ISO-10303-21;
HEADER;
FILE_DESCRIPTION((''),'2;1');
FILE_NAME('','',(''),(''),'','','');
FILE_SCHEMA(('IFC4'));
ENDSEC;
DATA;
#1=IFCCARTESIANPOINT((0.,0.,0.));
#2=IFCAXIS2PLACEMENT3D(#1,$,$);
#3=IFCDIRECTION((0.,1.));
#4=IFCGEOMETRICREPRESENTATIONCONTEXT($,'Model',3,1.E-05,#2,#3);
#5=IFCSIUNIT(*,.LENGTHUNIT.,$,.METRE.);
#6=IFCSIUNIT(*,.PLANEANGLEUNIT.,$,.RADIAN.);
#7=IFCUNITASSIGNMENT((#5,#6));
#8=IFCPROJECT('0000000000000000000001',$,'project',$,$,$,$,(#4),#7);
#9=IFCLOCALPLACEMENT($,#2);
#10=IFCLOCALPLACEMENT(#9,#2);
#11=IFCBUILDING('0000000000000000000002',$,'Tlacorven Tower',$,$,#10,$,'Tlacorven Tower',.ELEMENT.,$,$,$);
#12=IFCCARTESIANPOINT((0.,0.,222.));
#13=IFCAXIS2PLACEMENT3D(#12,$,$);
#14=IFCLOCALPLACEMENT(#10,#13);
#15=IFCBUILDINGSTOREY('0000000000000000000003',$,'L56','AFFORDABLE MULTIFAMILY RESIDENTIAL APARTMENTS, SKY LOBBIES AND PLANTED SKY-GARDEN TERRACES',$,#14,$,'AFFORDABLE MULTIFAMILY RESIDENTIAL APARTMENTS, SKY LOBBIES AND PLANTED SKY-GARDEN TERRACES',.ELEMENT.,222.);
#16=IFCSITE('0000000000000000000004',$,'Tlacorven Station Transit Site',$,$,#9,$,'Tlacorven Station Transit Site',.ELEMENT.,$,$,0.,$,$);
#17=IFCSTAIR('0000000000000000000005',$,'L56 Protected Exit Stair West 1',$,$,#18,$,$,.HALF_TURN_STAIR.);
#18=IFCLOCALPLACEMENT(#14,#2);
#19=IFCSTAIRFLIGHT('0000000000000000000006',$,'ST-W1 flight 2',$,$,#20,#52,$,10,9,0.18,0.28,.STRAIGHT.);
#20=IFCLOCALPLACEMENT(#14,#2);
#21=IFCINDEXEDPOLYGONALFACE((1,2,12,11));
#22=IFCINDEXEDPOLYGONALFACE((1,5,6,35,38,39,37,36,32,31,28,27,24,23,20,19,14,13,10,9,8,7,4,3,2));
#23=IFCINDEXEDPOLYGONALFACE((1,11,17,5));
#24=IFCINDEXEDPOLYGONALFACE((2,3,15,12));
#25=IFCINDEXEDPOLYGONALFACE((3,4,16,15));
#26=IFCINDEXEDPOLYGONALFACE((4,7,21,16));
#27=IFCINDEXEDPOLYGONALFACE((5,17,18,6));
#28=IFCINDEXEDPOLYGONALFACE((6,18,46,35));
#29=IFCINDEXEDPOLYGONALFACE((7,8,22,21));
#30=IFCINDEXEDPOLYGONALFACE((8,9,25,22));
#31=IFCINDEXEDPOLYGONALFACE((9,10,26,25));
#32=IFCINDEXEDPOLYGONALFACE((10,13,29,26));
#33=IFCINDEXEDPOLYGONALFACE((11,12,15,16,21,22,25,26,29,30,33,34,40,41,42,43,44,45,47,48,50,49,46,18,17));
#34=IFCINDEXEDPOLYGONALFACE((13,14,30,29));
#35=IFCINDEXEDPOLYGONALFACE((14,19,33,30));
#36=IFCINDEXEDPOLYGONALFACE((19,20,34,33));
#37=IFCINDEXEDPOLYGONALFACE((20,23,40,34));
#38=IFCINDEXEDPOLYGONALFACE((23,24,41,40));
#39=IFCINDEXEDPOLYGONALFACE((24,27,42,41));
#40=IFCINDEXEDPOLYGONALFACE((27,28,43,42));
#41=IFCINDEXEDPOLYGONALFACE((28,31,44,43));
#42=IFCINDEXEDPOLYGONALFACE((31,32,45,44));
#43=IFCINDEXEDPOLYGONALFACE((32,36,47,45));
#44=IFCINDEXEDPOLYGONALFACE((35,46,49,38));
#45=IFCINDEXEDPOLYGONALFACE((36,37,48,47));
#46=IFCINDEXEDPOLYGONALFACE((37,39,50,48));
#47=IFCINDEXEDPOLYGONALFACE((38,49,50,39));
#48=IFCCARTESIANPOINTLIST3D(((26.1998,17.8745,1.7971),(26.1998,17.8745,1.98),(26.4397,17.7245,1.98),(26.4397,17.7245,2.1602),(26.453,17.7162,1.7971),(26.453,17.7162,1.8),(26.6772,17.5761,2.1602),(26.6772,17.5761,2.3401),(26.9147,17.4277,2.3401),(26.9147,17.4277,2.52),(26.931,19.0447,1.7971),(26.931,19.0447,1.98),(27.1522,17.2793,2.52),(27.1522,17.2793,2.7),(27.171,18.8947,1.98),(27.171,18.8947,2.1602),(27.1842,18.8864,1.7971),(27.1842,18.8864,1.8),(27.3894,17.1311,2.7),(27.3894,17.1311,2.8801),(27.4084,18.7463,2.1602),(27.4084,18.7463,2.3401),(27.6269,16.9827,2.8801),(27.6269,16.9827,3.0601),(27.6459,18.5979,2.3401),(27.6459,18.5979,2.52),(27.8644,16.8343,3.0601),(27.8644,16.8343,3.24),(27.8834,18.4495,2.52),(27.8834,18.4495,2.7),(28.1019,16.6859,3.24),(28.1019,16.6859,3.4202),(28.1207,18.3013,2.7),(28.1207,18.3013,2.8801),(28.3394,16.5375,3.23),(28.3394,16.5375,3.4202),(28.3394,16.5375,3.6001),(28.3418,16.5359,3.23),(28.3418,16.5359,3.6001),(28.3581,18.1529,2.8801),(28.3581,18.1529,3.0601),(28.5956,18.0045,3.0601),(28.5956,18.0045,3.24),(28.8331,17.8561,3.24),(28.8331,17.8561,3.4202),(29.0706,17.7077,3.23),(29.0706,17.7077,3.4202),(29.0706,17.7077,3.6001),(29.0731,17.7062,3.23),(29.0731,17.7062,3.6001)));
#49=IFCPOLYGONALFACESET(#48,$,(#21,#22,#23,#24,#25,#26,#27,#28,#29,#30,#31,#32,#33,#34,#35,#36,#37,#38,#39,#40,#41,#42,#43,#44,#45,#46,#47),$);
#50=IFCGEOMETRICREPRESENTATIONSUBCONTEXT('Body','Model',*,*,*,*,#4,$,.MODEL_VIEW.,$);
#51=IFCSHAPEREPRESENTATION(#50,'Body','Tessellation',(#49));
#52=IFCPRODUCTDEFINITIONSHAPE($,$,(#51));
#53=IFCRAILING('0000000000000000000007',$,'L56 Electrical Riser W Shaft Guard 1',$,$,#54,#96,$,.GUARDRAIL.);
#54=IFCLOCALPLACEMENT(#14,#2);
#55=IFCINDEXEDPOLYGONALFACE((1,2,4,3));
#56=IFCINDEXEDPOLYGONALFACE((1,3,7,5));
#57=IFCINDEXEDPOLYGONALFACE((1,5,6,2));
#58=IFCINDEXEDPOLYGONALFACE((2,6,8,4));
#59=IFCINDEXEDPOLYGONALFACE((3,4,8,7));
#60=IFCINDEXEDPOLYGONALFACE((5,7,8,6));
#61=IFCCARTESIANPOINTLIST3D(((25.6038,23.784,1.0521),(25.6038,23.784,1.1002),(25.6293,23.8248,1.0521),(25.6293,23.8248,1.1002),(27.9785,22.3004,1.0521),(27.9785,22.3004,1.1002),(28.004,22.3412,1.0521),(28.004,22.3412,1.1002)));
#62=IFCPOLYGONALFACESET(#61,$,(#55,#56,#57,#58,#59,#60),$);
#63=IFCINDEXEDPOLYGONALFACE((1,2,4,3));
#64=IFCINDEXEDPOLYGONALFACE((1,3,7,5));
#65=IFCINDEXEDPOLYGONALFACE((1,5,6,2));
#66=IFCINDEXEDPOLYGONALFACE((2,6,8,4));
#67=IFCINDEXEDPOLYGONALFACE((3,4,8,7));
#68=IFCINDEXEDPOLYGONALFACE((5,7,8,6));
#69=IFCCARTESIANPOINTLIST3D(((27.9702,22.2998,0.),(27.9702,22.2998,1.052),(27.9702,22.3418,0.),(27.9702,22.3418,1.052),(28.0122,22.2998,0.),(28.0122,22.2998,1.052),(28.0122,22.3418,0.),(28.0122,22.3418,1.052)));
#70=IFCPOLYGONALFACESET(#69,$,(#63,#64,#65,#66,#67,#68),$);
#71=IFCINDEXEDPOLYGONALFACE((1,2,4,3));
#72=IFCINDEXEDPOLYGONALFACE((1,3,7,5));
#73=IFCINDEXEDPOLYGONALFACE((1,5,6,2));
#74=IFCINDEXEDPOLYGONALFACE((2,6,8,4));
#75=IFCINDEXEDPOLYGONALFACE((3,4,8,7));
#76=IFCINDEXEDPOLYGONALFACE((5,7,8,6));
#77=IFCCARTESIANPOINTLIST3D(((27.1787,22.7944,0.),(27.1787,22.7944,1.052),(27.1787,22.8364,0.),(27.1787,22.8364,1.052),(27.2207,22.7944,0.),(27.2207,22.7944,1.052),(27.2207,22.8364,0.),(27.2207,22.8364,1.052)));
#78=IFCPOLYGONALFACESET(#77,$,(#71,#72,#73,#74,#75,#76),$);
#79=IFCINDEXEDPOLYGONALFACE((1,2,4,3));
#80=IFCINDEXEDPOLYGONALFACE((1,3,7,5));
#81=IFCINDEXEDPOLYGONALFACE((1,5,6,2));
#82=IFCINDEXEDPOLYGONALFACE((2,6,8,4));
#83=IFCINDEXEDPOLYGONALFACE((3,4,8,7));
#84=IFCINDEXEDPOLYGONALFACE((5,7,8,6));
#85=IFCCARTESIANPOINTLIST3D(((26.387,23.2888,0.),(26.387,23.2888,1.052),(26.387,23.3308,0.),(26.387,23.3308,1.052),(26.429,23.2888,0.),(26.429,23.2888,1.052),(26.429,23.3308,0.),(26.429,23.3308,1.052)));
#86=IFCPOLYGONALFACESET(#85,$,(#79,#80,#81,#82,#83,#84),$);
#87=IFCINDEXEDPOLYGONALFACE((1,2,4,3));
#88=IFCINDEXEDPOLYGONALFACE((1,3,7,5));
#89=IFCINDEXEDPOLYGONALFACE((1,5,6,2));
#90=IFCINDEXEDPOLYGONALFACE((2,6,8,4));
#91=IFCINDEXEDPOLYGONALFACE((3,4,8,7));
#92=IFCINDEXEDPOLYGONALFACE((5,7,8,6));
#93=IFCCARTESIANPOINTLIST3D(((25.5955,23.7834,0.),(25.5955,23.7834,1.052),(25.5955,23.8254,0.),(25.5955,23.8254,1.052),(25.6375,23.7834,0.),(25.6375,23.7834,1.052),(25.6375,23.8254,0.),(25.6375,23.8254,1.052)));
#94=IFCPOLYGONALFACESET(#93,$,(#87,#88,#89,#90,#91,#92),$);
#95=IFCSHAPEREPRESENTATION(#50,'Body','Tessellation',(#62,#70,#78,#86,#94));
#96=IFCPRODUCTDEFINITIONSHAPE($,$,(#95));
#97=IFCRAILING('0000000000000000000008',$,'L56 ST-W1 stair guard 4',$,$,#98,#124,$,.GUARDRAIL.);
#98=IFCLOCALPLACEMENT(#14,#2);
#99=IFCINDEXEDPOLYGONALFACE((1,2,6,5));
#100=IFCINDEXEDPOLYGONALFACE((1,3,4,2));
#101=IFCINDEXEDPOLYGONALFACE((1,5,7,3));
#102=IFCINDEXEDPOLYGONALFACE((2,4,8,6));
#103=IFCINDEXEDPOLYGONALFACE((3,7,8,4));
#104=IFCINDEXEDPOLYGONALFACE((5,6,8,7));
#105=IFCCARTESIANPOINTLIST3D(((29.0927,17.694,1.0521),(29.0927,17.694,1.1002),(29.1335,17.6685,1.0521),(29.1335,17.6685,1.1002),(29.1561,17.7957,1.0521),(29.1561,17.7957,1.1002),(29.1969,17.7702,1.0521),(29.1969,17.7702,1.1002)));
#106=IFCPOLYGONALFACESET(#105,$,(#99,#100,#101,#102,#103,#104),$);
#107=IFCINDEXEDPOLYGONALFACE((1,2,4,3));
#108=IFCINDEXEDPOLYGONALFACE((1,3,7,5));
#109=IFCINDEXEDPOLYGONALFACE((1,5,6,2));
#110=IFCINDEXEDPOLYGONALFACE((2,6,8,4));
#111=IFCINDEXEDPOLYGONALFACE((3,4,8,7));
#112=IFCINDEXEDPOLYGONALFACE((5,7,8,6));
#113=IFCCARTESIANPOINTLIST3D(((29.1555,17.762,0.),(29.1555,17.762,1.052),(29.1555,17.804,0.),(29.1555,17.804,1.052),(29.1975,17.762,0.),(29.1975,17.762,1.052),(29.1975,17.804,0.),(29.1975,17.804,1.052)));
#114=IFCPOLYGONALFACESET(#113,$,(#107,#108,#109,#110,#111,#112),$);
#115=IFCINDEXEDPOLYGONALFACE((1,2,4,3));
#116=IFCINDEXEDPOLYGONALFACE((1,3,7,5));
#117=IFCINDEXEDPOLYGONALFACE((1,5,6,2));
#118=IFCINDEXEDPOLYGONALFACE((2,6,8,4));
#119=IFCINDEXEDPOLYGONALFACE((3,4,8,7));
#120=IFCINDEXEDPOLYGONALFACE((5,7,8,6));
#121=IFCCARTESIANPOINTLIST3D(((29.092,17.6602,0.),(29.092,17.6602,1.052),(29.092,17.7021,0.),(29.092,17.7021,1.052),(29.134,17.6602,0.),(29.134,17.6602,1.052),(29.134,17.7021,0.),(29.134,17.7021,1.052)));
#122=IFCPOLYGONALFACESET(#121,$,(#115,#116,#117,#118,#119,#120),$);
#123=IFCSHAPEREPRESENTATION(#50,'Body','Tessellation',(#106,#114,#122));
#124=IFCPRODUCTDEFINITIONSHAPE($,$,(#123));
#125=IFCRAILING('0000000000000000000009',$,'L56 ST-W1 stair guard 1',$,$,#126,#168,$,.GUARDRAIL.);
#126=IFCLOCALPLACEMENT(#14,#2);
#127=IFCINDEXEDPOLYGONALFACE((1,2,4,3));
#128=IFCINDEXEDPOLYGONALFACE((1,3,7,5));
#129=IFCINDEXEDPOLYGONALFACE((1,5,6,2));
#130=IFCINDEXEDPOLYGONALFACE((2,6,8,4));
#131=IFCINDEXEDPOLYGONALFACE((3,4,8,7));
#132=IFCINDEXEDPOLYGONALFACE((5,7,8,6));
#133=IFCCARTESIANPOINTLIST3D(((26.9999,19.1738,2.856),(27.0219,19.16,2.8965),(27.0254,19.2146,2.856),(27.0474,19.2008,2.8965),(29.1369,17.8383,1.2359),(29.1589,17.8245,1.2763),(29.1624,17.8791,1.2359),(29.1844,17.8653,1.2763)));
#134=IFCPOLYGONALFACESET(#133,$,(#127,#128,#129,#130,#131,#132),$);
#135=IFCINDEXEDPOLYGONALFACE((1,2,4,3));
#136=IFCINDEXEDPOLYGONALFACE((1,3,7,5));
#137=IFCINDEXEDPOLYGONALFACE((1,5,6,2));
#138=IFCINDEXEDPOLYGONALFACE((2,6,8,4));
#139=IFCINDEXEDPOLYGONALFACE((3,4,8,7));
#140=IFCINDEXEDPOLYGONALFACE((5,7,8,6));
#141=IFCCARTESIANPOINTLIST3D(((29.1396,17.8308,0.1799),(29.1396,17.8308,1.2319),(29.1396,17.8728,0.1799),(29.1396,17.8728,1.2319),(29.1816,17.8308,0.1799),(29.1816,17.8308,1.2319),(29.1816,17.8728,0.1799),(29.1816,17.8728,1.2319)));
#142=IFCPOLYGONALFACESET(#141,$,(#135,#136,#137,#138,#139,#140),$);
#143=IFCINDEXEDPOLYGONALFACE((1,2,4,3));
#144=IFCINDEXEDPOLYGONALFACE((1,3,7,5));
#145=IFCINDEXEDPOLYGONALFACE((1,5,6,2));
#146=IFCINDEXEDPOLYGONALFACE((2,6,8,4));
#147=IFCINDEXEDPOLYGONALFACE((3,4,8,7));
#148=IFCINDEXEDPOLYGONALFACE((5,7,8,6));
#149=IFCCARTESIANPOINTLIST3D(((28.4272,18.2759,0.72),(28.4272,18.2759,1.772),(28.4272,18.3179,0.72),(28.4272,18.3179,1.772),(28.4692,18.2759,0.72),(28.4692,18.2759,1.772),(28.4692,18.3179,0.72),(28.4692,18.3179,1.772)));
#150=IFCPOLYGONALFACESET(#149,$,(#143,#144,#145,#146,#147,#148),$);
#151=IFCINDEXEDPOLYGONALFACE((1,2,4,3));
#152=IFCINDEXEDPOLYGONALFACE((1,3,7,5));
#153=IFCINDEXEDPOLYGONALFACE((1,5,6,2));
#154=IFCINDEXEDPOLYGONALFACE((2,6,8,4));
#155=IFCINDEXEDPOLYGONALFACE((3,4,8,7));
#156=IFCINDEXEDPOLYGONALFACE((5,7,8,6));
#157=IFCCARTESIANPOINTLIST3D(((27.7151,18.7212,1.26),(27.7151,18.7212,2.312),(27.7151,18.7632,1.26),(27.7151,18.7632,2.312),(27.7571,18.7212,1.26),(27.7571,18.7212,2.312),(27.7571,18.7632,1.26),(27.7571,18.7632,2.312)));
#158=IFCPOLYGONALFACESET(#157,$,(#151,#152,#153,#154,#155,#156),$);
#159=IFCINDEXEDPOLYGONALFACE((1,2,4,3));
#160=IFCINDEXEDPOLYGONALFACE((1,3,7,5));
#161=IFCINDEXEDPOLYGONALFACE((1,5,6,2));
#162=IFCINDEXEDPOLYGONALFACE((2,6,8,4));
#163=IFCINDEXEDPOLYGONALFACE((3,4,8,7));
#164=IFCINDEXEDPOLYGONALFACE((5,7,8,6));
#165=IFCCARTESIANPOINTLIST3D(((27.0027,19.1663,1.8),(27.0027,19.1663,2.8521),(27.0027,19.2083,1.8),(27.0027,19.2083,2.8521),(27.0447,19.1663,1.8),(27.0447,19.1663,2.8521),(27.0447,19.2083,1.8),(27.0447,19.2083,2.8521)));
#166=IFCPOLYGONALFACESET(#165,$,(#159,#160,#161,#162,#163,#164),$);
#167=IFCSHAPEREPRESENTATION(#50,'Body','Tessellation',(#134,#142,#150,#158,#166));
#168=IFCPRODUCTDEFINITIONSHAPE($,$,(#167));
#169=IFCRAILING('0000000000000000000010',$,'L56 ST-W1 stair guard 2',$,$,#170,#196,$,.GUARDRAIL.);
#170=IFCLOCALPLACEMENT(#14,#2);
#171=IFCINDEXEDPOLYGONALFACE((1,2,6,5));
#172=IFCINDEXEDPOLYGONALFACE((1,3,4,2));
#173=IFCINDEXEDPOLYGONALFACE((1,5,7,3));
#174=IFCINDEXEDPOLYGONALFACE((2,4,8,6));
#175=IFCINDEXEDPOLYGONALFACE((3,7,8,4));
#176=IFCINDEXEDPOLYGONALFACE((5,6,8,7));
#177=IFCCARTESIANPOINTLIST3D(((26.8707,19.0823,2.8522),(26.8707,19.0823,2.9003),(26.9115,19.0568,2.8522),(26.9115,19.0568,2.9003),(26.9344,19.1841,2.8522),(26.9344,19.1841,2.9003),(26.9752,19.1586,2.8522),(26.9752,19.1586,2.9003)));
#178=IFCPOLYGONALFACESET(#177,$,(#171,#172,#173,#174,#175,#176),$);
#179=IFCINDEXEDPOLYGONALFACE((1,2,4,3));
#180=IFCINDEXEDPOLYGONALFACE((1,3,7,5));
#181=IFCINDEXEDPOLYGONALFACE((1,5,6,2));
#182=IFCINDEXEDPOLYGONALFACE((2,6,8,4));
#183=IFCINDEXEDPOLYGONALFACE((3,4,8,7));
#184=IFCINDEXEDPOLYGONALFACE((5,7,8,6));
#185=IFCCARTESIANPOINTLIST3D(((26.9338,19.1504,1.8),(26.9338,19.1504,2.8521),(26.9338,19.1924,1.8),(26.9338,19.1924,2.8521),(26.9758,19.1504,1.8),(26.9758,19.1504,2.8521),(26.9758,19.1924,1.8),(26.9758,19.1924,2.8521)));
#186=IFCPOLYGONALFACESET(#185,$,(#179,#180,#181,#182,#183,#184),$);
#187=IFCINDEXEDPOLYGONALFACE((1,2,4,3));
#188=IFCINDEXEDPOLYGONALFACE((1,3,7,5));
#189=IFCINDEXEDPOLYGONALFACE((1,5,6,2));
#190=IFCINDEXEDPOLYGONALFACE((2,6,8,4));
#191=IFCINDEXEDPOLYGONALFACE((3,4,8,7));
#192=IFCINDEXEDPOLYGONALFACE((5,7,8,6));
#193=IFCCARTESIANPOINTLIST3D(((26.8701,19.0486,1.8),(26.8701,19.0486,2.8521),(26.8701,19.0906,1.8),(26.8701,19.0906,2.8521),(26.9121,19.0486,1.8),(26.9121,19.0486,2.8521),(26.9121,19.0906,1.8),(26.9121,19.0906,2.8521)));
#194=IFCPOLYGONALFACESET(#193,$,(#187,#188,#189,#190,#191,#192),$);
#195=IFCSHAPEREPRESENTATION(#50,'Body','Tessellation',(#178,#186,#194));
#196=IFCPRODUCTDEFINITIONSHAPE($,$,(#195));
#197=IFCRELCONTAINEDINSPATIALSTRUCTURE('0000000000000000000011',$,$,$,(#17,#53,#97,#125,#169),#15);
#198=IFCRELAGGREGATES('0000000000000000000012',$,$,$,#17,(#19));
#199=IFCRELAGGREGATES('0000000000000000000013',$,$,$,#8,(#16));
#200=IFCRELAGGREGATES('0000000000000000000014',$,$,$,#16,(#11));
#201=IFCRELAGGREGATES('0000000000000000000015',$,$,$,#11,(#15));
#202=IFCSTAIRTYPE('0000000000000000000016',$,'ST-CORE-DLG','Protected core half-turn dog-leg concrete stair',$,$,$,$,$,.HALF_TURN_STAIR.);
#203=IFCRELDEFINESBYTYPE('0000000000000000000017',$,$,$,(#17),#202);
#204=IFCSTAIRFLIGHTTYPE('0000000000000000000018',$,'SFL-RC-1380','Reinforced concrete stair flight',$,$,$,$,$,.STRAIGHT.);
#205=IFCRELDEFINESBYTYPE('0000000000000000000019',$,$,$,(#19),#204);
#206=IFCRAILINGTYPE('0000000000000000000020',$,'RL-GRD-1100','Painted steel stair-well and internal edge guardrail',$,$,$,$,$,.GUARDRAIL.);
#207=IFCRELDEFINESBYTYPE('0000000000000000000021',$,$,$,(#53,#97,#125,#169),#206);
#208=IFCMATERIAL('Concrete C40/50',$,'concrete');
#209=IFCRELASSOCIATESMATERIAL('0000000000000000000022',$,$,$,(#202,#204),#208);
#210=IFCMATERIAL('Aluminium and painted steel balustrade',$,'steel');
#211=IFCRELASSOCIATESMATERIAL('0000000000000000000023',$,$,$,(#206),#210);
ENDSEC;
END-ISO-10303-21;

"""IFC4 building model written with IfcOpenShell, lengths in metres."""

from ifc_helpers import new_model, si_unit, direction, frame, origin, origin_2d, place, context, subcontext, project, spatial, polyline, rectangle, outline, extrude, source, transform, mapped, material, type_object, element, aggregate, save


model = new_model("IFC4")

# Units and contexts
model_context = context("Model", 3, precision=1e-05, world=origin(), true_north=direction((0.0, 1.0)))
body_context = subcontext(model_context, "Body", "Model", "MODEL_VIEW")
ifc_project = project(units=[si_unit("LENGTHUNIT", "METRE"), si_unit("PLANEANGLEUNIT", "RADIAN")], contexts=[model_context])

# Site, building, storey
site_placement = place(None, origin())
site = spatial("IfcSite", under=ifc_project, at=site_placement, Name="Tlacorven Station Transit Site", LongName="Tlacorven Station Transit Site", CompositionType="ELEMENT", RefElevation=0.0)
building_placement = place(site_placement, origin())
building = spatial("IfcBuilding", under=site, at=building_placement, Name="Tlacorven Tower", LongName="Tlacorven Tower", CompositionType="ELEMENT")
storey_placement = place(building_placement, frame((0.0, 0.0, 222.0)))
storey = spatial("IfcBuildingStorey", under=building, at=storey_placement, Name="L56", Description="AFFORDABLE MULTIFAMILY RESIDENTIAL APARTMENTS, SKY LOBBIES AND PLANTED SKY-GARDEN TERRACES", LongName="AFFORDABLE MULTIFAMILY RESIDENTIAL APARTMENTS, SKY LOBBIES AND PLANTED SKY-GARDEN TERRACES", CompositionType="ELEMENT", Elevation=222.0)

# Shared definitions
ifc_material_1 = material(Name="Concrete C40/50", Category="concrete")

# Stair, stair flight
stair_type = type_object("IfcStairType", Name="ST-CORE-DLG", Description="Protected core half-turn dog-leg concrete stair", PredefinedType="HALF_TURN_STAIR", material=ifc_material_1)
stair_placement = place(storey_placement, origin())
stair = element("IfcStair", 1, at=stair_placement, inside=storey, type_object=stair_type, Name="L56 Protected Exit Stair West 1", PredefinedType="HALF_TURN_STAIR")
stair_flight_type = type_object("IfcStairFlightType", Name="SFL-RC-1380", Description="Reinforced concrete stair flight", PredefinedType="STRAIGHT", material=ifc_material_1)
shared_shape_1 = source(origin(), body_context, "Body", "SweptSolid", [
    extrude(outline(polyline([(-0.0029, -0.0029), (-0.0029, 0.1799), (0.28, 0.1799), (0.28, 0.3601), (0.5601, 0.3601), (0.5601, 0.54), (0.8401, 0.54), (0.8401, 0.72), (1.1201, 0.72), (1.1201, 0.8999), (1.3999, 0.8999), (1.3999, 1.0801), (1.6799, 1.0801), (1.6799, 1.26), (1.96, 1.26), (1.96, 1.4399), (2.24, 1.4399), (2.24, 1.6201), (2.52, 1.6201), (2.52, 1.8), (2.5229, 1.8), (2.5229, 1.4299), (2.52, 1.4299), (0.2957, 0.0), (0.2957, -0.0029), (-0.0029, -0.0029)])), frame((0.0, 0.6899, 0.0), z_axis=(0.0, -1.0, 0.0), x_axis=(1.0, 0.0, 0.0)), (0.0, 0.0, 1.0), 1.3799),
])
stair_flight_1_placement = place(storey_placement, frame((26.5679, 18.458, 1.8), z_axis=(0.0, 0.0, 1.0), x_axis=(0.848048, -0.529919, 0.0)))
stair_flight_1 = element("IfcStairFlight", 2, at=stair_flight_1_placement, type_object=stair_flight_type, Name="ST-W1 flight 2", NumberOfRisers=10, NumberOfTreads=9, PredefinedType="STRAIGHT", RiserHeight=0.18, TreadLength=0.28, context=body_context, shape_type="MappedRepresentation", body=[
    mapped(shared_shape_1, transform((0.0, 0.0, 0.0), scale=1.0)),
])
aggregate(stair, [stair_flight_1])

# Railings
ifc_material_2 = material(Name="Aluminium and painted steel balustrade", Category="steel")
railing_type_1 = type_object("IfcRailingType", Name="RL-GRD-1100", Description="Painted steel stair-well and internal edge guardrail", PredefinedType="GUARDRAIL", material=ifc_material_2)
shared_shape_2 = source(origin(), body_context, "Body", "SweptSolid", [
    extrude(rectangle(XDim=0.0481, YDim=0.0481, at=origin_2d()), frame((0.0, 0.0, 1.0762), z_axis=(-0.848091, 0.52985, 0.0), x_axis=(-0.52985, -0.848091, 0.0)), (0.0, 0.0, 1.0), 2.8),
    extrude(rectangle(XDim=0.042, YDim=0.042, at=origin_2d()), origin(), (0.0, 0.0, 1.0), 1.052),
    extrude(rectangle(XDim=0.042, YDim=0.042, at=origin_2d()), frame((-0.7915, 0.4946, 0.0)), (0.0, 0.0, 1.0), 1.052),
    extrude(rectangle(XDim=0.042, YDim=0.042, at=origin_2d()), frame((-1.5833, 0.989, 0.0)), (0.0, 0.0, 1.0), 1.052),
    extrude(rectangle(XDim=0.042, YDim=0.042, at=origin_2d()), frame((-2.3748, 1.4836, 0.0)), (0.0, 0.0, 1.0), 1.052),
])
railing_1_placement = place(storey_placement, frame((27.9912, 22.3208, 0.0)))
element("IfcRailing", 3, at=railing_1_placement, inside=storey, type_object=railing_type_1, Name="L56 Electrical Riser W Shaft Guard 1", PredefinedType="GUARDRAIL", context=body_context, shape_type="MappedRepresentation", body=[
    mapped(shared_shape_2, transform((0.0, 0.0, 0.0), scale=1.0)),
])
shared_shape_3 = source(origin(), body_context, "Body", "SweptSolid", [
    extrude(rectangle(XDim=0.0481, YDim=0.0481, at=origin_2d()), frame((0.0, 0.0, 1.0762), z_axis=(-0.529084, -0.848569, 0.0), x_axis=(0.848569, -0.529084, 0.0)), (0.0, 0.0, 1.0), 0.1199),
    extrude(rectangle(XDim=0.042, YDim=0.042, at=origin_2d()), origin(), (0.0, 0.0, 1.0), 1.052),
    extrude(rectangle(XDim=0.042, YDim=0.042, at=origin_2d()), frame((-0.0635, -0.1018, 0.0)), (0.0, 0.0, 1.0), 1.052),
])
railing_2_placement = place(storey_placement, frame((29.1765, 17.783, 0.0)))
element("IfcRailing", 4, at=railing_2_placement, inside=storey, type_object=railing_type_1, Name="L56 ST-W1 stair guard 4", PredefinedType="GUARDRAIL", context=body_context, shape_type="MappedRepresentation", body=[
    mapped(shared_shape_3, transform((0.0, 0.0, 0.0), scale=1.0)),
])
shared_shape_4 = source(origin(), body_context, "Body", "SweptSolid", [
    extrude(rectangle(XDim=0.0481, YDim=0.0481, at=origin_2d()), frame((0.0, 0.0, 1.0762), z_axis=(-0.71332, 0.445774, 0.540796), x_axis=(-0.529955, -0.848026, 0.0)), (0.0, 0.0, 1.0), 2.9958),
    extrude(rectangle(XDim=0.042, YDim=0.042, at=origin_2d()), origin(), (0.0, 0.0, 1.0), 1.052),
    extrude(rectangle(XDim=0.042, YDim=0.042, at=origin_2d()), frame((-0.7124, 0.4451, 0.54)), (0.0, 0.0, 1.0), 1.052),
    extrude(rectangle(XDim=0.042, YDim=0.042, at=origin_2d()), frame((-1.4246, 0.8904, 1.0801)), (0.0, 0.0, 1.0), 1.052),
    extrude(rectangle(XDim=0.042, YDim=0.042, at=origin_2d()), frame((-2.137, 1.3354, 1.6201)), (0.0, 0.0, 1.0), 1.052),
])
railing_3_placement = place(storey_placement, frame((29.1606, 17.8518, 0.1799)))
element("IfcRailing", 5, at=railing_3_placement, inside=storey, type_object=railing_type_1, Name="L56 ST-W1 stair guard 1", PredefinedType="GUARDRAIL", context=body_context, shape_type="MappedRepresentation", body=[
    mapped(shared_shape_4, transform((0.0, 0.0, 0.0), scale=1.0)),
])
shared_shape_5 = source(origin(), body_context, "Body", "SweptSolid", [
    extrude(rectangle(XDim=0.0481, YDim=0.0481, at=origin_2d()), frame((0.0, 0.0, 1.0762), z_axis=(-0.530547, -0.847656, 0.0), x_axis=(0.847656, -0.530547, 0.0)), (0.0, 0.0, 1.0), 0.1201),
    extrude(rectangle(XDim=0.042, YDim=0.042, at=origin_2d()), origin(), (0.0, 0.0, 1.0), 1.052),
    extrude(rectangle(XDim=0.042, YDim=0.042, at=origin_2d()), frame((-0.0637, -0.1018, 0.0)), (0.0, 0.0, 1.0), 1.052),
])
railing_4_placement = place(storey_placement, frame((26.9548, 19.1714, 1.8)))
element("IfcRailing", 6, at=railing_4_placement, inside=storey, type_object=railing_type_1, Name="L56 ST-W1 stair guard 2", PredefinedType="GUARDRAIL", context=body_context, shape_type="MappedRepresentation", body=[
    mapped(shared_shape_5, transform((0.0, 0.0, 0.0), scale=1.0)),
])

save(model, "model.ifc")
